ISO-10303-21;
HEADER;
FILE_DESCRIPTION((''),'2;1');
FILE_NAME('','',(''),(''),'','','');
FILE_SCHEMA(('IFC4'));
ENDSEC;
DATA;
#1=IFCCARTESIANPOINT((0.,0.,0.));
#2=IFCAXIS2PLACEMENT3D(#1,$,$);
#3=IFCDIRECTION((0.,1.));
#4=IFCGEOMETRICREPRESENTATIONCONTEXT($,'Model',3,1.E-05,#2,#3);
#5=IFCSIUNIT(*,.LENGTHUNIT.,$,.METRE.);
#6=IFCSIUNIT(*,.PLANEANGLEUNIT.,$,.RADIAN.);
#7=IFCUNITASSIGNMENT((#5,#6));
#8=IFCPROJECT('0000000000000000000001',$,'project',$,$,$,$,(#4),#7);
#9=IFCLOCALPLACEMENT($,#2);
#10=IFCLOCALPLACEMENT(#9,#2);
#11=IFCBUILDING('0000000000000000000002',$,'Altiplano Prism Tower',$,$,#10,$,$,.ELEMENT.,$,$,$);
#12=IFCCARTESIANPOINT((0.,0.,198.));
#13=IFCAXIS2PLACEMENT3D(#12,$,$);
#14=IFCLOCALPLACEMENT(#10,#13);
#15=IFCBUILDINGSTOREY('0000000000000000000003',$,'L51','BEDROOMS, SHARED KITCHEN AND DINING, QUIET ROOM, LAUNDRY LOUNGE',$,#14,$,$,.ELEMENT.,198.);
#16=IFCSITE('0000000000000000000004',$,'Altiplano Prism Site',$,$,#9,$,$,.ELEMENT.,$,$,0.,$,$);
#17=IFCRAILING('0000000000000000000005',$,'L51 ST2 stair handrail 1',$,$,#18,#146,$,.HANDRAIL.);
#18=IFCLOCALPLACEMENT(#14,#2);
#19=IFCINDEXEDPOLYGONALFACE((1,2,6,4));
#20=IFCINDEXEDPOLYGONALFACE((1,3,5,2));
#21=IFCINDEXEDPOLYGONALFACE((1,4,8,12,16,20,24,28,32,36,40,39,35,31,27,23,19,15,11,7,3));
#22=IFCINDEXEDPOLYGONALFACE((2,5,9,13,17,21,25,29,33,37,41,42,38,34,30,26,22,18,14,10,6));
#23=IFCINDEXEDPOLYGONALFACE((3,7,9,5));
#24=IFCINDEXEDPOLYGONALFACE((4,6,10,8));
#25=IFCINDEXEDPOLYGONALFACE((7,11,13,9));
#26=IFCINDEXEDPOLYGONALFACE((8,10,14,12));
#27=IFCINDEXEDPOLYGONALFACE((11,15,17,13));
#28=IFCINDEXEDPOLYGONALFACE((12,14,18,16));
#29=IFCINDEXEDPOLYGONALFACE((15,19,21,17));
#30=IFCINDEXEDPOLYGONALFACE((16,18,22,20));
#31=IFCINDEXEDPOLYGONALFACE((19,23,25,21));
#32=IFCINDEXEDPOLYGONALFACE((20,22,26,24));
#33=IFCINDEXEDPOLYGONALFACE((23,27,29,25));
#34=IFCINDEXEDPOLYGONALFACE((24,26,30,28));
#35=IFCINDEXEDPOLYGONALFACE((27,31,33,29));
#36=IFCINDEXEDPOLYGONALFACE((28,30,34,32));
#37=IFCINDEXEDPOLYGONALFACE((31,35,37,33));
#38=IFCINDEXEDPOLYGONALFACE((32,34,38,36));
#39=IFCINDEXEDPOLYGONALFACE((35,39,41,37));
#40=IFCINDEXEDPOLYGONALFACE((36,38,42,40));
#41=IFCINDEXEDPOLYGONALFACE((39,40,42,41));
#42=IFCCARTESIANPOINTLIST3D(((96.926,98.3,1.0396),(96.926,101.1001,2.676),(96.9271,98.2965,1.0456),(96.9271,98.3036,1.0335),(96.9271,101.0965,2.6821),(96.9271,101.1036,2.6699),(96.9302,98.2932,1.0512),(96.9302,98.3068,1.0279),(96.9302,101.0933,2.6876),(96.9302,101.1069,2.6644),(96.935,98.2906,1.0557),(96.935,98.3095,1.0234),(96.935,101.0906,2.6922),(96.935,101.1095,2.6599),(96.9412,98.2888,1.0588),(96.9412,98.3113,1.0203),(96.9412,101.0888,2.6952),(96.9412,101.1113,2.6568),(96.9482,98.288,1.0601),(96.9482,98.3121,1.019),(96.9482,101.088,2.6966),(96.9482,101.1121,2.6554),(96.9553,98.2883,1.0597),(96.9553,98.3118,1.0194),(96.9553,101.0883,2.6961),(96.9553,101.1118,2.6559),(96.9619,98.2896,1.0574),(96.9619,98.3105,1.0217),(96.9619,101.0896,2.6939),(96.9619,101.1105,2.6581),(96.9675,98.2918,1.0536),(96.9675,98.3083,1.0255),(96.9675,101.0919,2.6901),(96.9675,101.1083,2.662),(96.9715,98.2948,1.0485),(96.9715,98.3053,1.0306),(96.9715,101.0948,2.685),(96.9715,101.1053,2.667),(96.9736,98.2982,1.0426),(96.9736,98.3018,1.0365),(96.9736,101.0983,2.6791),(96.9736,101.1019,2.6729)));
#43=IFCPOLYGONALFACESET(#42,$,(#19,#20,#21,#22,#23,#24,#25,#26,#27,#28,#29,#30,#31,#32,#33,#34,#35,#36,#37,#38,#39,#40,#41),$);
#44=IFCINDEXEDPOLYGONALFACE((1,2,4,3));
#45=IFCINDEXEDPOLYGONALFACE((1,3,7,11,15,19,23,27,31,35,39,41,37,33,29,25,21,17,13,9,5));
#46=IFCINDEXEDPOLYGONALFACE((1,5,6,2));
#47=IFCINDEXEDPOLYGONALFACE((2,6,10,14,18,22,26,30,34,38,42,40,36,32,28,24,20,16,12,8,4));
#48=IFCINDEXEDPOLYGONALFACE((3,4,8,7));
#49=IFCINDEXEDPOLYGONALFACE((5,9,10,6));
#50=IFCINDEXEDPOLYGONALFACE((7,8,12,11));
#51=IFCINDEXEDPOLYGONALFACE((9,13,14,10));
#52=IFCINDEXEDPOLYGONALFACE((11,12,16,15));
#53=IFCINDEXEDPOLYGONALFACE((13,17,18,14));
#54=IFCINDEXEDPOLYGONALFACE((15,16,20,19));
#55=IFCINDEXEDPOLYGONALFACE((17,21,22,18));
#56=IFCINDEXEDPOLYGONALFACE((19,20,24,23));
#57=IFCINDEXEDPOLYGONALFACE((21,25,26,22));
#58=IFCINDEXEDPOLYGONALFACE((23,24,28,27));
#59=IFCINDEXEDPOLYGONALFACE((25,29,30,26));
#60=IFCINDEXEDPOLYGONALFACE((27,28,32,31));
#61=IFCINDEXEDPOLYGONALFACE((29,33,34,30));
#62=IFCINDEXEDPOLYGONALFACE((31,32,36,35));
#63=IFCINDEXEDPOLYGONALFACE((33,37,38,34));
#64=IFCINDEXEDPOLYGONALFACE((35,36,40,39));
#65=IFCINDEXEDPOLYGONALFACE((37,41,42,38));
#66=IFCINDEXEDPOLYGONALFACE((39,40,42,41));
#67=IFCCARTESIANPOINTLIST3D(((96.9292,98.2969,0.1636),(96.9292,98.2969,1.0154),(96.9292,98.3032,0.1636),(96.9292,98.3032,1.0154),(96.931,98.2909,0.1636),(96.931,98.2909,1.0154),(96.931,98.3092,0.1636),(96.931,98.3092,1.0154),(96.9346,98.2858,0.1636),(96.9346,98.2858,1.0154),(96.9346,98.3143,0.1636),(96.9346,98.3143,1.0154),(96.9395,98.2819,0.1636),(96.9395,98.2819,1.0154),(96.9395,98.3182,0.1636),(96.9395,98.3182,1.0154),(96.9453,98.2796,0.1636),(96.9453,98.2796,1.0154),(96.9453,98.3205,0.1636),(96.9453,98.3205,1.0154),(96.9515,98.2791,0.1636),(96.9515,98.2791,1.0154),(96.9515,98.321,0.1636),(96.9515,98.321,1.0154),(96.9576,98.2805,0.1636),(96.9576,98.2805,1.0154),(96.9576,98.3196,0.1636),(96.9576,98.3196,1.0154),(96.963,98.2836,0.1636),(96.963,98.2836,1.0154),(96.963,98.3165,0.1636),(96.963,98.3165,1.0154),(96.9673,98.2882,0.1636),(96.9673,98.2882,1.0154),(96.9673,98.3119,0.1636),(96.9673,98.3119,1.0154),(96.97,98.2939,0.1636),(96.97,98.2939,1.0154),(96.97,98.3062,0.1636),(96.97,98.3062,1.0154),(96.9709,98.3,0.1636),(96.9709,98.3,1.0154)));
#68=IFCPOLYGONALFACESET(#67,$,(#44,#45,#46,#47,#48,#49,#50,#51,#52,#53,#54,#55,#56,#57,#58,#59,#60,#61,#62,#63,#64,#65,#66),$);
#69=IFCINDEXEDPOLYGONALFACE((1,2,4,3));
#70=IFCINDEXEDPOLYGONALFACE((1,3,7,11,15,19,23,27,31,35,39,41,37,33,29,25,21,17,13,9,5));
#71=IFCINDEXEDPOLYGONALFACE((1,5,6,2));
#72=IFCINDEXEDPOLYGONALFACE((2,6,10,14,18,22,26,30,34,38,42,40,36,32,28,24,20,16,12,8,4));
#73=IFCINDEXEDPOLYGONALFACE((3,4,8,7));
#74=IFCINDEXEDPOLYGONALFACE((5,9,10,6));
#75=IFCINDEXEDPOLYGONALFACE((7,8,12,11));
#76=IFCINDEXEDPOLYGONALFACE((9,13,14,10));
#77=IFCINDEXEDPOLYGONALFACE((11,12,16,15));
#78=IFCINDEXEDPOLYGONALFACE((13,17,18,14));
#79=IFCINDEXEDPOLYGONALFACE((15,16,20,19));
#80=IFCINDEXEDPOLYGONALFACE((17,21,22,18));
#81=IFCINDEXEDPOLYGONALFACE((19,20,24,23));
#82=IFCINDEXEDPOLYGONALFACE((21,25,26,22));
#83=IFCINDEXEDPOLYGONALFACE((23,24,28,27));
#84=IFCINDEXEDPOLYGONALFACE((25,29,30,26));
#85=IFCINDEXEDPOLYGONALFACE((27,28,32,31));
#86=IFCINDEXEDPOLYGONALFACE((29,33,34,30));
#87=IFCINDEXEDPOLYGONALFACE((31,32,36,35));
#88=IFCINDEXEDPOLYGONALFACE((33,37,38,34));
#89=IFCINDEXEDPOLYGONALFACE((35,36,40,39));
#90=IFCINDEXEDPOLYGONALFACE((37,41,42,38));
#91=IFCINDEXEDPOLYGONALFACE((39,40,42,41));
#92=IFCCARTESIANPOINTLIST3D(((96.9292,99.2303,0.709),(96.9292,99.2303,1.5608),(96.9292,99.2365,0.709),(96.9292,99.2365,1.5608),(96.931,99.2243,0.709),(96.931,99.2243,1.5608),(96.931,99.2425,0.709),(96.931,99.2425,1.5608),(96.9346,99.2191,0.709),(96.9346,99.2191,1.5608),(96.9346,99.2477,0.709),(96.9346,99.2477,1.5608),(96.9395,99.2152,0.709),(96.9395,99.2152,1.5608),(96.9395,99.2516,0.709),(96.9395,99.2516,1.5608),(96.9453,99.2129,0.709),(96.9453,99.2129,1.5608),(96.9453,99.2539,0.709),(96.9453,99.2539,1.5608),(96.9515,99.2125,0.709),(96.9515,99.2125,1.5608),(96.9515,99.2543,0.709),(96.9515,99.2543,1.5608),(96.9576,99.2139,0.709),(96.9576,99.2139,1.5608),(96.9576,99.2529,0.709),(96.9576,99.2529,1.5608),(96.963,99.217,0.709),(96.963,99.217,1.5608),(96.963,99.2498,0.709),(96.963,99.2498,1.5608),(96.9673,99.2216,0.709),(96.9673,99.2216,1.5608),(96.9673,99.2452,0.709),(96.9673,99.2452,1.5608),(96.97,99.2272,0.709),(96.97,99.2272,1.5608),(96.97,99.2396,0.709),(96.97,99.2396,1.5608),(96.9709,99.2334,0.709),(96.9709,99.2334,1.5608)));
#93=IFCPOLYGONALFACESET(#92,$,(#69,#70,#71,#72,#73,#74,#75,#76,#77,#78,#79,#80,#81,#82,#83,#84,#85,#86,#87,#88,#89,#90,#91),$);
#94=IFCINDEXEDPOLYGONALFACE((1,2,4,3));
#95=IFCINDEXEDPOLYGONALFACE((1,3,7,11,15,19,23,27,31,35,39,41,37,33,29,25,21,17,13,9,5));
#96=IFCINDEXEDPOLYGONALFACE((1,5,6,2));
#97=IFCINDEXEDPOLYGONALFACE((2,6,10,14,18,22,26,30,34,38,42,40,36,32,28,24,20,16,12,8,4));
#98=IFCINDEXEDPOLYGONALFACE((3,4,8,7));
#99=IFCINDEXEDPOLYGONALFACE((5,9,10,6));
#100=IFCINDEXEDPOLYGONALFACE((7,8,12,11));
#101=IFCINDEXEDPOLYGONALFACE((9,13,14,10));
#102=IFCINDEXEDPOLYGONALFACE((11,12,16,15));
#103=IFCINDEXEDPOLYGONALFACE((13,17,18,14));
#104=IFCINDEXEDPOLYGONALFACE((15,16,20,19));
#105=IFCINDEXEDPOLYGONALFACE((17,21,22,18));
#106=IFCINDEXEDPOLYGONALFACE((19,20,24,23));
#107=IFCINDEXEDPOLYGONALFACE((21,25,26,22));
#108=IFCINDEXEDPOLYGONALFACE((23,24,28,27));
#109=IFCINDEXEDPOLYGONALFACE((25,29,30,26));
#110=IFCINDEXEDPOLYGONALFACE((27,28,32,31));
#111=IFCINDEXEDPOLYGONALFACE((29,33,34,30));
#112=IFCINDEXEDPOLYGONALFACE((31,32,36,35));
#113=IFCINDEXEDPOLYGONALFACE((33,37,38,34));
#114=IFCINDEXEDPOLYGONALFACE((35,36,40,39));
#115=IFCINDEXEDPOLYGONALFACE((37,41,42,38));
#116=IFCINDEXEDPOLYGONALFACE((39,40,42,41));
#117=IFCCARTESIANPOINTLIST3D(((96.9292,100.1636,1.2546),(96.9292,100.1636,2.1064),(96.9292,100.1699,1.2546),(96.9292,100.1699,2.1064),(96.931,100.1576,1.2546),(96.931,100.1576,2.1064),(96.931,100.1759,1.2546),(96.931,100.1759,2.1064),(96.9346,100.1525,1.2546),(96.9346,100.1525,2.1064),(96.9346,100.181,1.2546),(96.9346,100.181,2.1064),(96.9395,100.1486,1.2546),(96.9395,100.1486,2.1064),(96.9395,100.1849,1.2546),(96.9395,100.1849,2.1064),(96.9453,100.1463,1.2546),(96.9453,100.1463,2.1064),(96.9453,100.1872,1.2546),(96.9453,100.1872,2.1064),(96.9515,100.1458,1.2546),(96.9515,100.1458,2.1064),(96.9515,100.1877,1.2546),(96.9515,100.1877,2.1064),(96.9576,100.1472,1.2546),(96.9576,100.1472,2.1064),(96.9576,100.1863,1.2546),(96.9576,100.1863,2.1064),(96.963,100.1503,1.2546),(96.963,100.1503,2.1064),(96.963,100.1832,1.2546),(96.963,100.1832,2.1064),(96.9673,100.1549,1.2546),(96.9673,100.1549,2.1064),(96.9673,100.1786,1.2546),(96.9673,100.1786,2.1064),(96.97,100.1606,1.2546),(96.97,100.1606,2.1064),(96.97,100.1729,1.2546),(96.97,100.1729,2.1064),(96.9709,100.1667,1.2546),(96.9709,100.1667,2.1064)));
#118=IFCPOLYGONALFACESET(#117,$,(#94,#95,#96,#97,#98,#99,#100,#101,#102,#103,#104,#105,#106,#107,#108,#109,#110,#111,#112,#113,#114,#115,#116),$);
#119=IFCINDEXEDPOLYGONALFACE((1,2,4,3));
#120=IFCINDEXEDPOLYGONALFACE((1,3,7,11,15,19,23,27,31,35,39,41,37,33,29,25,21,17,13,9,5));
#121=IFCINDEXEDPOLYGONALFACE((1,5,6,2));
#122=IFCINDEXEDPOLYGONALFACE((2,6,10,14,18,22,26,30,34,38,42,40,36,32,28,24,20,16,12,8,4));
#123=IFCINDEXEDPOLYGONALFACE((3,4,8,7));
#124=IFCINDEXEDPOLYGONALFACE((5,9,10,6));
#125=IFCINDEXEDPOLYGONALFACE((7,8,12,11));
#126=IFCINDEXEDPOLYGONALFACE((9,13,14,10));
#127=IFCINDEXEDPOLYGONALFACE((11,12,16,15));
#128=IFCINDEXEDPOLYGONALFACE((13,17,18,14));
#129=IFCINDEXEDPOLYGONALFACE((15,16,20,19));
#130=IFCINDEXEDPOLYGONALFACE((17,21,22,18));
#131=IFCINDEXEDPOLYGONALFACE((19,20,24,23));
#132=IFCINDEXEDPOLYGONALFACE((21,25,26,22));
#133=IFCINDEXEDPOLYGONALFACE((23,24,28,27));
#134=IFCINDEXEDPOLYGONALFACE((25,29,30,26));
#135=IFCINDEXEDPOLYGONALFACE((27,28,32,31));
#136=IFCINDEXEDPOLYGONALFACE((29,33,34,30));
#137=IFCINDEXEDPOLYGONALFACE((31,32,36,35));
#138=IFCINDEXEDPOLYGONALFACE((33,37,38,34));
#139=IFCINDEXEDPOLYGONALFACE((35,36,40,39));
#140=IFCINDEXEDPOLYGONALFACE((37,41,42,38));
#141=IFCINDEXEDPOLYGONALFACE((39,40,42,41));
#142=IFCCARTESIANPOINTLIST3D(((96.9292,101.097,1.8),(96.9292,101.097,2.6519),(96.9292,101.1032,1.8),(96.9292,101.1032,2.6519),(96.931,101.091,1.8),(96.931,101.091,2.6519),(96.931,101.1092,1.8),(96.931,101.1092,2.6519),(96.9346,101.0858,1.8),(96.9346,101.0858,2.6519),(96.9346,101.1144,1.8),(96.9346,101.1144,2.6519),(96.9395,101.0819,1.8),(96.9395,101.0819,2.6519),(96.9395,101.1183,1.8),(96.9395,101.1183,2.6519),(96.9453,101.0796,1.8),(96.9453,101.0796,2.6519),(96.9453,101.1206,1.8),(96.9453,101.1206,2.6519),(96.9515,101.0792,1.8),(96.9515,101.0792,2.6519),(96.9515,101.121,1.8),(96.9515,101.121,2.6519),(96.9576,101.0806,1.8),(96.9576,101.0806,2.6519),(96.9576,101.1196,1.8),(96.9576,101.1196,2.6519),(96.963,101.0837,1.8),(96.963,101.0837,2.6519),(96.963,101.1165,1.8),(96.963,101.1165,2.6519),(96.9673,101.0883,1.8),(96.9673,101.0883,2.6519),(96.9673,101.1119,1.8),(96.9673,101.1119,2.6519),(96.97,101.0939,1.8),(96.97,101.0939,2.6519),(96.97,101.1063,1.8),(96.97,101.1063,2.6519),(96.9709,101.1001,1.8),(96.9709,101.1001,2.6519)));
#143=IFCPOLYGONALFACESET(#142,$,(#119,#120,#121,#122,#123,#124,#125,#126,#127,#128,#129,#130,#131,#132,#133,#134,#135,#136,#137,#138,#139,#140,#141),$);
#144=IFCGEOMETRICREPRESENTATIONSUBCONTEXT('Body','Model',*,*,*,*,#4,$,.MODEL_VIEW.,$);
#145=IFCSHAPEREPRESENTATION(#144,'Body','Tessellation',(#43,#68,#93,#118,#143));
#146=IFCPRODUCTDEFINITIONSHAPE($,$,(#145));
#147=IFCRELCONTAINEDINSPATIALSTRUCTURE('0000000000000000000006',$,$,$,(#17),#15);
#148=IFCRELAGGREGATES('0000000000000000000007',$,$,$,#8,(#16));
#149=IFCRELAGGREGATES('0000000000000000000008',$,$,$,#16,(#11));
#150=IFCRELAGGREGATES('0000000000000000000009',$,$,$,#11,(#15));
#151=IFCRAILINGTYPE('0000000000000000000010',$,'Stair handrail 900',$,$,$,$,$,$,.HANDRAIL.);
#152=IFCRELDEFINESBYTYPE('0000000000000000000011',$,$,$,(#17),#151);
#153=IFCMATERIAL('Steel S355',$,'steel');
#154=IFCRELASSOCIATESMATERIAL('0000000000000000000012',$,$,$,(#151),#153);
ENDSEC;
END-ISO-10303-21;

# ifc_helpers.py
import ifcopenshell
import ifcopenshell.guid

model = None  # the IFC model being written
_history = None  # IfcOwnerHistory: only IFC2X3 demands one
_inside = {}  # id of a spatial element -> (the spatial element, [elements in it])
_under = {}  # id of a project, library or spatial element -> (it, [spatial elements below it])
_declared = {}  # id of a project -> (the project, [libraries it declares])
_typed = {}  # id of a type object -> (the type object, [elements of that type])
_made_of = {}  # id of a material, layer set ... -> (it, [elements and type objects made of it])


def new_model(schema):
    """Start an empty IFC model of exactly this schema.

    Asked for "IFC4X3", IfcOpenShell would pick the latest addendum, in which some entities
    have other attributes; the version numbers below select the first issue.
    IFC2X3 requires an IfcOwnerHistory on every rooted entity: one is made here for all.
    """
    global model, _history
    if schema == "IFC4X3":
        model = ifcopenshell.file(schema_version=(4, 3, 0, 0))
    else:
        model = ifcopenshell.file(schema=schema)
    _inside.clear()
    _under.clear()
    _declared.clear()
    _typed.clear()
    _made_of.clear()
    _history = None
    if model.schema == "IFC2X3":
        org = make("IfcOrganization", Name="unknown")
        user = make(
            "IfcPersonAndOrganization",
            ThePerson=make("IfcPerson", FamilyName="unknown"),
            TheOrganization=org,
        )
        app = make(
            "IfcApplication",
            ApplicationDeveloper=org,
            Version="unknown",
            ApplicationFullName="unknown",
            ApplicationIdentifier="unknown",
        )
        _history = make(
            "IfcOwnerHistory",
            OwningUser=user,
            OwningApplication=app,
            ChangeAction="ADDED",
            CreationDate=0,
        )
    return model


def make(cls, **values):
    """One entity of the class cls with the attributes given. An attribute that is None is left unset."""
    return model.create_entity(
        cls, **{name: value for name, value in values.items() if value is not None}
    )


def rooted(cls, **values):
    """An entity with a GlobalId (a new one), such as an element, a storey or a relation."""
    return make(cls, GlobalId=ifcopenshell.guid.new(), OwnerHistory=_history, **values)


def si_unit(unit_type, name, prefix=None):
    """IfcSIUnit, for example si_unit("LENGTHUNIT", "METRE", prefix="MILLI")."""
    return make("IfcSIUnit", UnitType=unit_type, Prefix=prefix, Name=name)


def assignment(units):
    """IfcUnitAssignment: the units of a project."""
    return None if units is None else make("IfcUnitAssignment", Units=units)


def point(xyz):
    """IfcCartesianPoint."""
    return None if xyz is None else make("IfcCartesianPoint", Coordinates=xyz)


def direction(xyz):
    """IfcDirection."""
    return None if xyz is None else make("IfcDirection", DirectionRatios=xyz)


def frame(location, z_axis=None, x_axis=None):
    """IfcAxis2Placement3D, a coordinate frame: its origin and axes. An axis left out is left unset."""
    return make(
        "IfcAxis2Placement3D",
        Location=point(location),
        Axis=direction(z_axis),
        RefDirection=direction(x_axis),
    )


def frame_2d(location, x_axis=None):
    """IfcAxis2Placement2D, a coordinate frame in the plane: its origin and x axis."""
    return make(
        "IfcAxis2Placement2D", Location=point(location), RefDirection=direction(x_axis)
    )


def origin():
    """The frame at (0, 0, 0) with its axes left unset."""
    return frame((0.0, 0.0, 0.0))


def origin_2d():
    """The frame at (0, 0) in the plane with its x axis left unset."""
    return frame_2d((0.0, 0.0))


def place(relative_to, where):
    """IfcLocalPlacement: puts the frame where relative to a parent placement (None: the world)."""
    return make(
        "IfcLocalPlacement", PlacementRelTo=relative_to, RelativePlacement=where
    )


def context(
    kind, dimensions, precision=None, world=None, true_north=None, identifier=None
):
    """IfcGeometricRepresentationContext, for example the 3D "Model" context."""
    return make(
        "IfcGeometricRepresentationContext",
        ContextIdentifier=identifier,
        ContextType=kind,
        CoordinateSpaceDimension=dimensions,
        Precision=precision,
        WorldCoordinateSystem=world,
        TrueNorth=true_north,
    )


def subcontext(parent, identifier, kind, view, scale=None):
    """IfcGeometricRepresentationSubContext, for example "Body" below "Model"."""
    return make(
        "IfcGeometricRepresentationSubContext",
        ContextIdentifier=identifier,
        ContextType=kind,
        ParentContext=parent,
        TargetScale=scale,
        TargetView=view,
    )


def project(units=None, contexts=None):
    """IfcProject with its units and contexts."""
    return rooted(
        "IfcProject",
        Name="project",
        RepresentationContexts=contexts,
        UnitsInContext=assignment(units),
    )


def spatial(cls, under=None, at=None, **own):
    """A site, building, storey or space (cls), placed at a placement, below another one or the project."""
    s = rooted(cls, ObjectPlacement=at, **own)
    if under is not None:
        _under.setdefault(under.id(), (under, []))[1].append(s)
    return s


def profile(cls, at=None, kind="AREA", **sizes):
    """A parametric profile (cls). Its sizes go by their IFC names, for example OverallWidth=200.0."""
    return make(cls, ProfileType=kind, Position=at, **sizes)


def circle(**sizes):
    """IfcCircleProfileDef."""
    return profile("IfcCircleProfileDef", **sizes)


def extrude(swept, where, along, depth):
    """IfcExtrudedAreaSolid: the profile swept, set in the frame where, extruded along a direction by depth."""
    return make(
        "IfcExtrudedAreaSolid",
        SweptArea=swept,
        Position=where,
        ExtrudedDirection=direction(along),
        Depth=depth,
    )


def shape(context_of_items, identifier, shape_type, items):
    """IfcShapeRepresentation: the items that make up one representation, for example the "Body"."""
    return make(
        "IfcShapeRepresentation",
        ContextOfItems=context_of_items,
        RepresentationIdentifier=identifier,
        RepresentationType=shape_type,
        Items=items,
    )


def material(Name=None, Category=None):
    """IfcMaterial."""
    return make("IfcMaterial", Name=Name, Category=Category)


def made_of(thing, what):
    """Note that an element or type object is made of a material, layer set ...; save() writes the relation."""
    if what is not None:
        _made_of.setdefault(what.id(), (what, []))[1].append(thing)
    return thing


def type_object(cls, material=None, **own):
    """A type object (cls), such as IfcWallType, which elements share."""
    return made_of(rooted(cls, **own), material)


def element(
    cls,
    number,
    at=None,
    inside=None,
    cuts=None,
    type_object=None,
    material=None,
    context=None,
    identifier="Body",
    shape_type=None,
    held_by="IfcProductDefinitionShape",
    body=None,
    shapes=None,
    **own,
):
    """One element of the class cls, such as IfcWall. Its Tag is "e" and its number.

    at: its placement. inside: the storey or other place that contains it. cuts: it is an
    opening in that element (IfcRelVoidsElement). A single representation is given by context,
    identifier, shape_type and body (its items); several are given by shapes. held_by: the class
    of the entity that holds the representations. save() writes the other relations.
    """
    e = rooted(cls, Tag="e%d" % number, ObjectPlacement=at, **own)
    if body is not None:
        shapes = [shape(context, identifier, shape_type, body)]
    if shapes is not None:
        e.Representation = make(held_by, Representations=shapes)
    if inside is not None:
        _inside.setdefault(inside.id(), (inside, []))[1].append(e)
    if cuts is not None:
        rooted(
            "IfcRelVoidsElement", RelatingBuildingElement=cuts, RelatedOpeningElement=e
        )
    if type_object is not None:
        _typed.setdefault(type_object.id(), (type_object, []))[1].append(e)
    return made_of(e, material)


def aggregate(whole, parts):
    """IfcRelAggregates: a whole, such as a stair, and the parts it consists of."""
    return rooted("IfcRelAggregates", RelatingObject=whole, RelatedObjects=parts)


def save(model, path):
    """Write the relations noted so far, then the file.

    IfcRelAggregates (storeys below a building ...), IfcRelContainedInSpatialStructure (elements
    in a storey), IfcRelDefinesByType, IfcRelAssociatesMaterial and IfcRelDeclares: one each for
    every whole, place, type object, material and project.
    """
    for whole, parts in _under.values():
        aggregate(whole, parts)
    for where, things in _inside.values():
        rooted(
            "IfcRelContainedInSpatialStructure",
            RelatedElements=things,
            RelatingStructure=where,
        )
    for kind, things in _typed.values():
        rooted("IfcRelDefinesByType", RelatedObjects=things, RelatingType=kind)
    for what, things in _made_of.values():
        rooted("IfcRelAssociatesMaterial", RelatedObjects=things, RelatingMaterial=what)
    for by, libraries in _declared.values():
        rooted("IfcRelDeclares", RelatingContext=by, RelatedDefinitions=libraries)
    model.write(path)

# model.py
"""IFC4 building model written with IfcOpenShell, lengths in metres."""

from ifc_helpers import new_model, si_unit, direction, frame, origin, origin_2d, place, context, subcontext, project, spatial, circle, extrude, material, type_object, element, save


model = new_model("IFC4")

# Units and contexts
model_context = context("Model", 3, precision=1e-05, world=origin(), true_north=direction((0.0, 1.0)))
body_context = subcontext(model_context, "Body", "Model", "MODEL_VIEW")
ifc_project = project(units=[si_unit("LENGTHUNIT", "METRE"), si_unit("PLANEANGLEUNIT", "RADIAN")], contexts=[model_context])

# Site, building, storey
site_placement = place(None, origin())
site = spatial("IfcSite", under=ifc_project, at=site_placement, Name="Altiplano Prism Site", CompositionType="ELEMENT", RefElevation=0.0)
building_placement = place(site_placement, origin())
building = spatial("IfcBuilding", under=site, at=building_placement, Name="Altiplano Prism Tower", CompositionType="ELEMENT")
storey_placement = place(building_placement, frame((0.0, 0.0, 198.0)))
storey = spatial("IfcBuildingStorey", under=building, at=storey_placement, Name="L51", Description="BEDROOMS, SHARED KITCHEN AND DINING, QUIET ROOM, LAUNDRY LOUNGE", CompositionType="ELEMENT", Elevation=198.0)

# Railing
ifc_material_1 = material(Name="Steel S355", Category="steel")
railing_type_1 = type_object("IfcRailingType", Name="Stair handrail 900", PredefinedType="HANDRAIL", material=ifc_material_1)
railing_1_placement = place(storey_placement, frame((96.95, 98.3, 0.1636)))
element("IfcRailing", 1, at=railing_1_placement, inside=storey, type_object=railing_type_1, Name="L51 ST2 stair handrail 1", PredefinedType="HANDRAIL", context=body_context, shape_type="SweptSolid", body=[
    extrude(circle(Radius=0.0239, at=origin_2d()), frame((0.0, 0.0, 0.876), z_axis=(0.0, 0.863361, 0.504587), x_axis=(-1.0, 0.0, 0.0)), (0.0, 0.0, 1.0), 3.2432),
    extrude(circle(Radius=0.021, at=origin_2d()), origin(), (0.0, 0.0, 1.0), 0.8518),
    extrude(circle(Radius=0.021, at=origin_2d()), frame((0.0, 0.9333, 0.5454)), (0.0, 0.0, 1.0), 0.8518),
    extrude(circle(Radius=0.021, at=origin_2d()), frame((0.0, 1.8667, 1.0911)), (0.0, 0.0, 1.0), 0.8518),
    extrude(circle(Radius=0.021, at=origin_2d()), frame((0.0, 2.8, 1.6365)), (0.0, 0.0, 1.0), 0.8518),
])

save(model, "model.ifc")
